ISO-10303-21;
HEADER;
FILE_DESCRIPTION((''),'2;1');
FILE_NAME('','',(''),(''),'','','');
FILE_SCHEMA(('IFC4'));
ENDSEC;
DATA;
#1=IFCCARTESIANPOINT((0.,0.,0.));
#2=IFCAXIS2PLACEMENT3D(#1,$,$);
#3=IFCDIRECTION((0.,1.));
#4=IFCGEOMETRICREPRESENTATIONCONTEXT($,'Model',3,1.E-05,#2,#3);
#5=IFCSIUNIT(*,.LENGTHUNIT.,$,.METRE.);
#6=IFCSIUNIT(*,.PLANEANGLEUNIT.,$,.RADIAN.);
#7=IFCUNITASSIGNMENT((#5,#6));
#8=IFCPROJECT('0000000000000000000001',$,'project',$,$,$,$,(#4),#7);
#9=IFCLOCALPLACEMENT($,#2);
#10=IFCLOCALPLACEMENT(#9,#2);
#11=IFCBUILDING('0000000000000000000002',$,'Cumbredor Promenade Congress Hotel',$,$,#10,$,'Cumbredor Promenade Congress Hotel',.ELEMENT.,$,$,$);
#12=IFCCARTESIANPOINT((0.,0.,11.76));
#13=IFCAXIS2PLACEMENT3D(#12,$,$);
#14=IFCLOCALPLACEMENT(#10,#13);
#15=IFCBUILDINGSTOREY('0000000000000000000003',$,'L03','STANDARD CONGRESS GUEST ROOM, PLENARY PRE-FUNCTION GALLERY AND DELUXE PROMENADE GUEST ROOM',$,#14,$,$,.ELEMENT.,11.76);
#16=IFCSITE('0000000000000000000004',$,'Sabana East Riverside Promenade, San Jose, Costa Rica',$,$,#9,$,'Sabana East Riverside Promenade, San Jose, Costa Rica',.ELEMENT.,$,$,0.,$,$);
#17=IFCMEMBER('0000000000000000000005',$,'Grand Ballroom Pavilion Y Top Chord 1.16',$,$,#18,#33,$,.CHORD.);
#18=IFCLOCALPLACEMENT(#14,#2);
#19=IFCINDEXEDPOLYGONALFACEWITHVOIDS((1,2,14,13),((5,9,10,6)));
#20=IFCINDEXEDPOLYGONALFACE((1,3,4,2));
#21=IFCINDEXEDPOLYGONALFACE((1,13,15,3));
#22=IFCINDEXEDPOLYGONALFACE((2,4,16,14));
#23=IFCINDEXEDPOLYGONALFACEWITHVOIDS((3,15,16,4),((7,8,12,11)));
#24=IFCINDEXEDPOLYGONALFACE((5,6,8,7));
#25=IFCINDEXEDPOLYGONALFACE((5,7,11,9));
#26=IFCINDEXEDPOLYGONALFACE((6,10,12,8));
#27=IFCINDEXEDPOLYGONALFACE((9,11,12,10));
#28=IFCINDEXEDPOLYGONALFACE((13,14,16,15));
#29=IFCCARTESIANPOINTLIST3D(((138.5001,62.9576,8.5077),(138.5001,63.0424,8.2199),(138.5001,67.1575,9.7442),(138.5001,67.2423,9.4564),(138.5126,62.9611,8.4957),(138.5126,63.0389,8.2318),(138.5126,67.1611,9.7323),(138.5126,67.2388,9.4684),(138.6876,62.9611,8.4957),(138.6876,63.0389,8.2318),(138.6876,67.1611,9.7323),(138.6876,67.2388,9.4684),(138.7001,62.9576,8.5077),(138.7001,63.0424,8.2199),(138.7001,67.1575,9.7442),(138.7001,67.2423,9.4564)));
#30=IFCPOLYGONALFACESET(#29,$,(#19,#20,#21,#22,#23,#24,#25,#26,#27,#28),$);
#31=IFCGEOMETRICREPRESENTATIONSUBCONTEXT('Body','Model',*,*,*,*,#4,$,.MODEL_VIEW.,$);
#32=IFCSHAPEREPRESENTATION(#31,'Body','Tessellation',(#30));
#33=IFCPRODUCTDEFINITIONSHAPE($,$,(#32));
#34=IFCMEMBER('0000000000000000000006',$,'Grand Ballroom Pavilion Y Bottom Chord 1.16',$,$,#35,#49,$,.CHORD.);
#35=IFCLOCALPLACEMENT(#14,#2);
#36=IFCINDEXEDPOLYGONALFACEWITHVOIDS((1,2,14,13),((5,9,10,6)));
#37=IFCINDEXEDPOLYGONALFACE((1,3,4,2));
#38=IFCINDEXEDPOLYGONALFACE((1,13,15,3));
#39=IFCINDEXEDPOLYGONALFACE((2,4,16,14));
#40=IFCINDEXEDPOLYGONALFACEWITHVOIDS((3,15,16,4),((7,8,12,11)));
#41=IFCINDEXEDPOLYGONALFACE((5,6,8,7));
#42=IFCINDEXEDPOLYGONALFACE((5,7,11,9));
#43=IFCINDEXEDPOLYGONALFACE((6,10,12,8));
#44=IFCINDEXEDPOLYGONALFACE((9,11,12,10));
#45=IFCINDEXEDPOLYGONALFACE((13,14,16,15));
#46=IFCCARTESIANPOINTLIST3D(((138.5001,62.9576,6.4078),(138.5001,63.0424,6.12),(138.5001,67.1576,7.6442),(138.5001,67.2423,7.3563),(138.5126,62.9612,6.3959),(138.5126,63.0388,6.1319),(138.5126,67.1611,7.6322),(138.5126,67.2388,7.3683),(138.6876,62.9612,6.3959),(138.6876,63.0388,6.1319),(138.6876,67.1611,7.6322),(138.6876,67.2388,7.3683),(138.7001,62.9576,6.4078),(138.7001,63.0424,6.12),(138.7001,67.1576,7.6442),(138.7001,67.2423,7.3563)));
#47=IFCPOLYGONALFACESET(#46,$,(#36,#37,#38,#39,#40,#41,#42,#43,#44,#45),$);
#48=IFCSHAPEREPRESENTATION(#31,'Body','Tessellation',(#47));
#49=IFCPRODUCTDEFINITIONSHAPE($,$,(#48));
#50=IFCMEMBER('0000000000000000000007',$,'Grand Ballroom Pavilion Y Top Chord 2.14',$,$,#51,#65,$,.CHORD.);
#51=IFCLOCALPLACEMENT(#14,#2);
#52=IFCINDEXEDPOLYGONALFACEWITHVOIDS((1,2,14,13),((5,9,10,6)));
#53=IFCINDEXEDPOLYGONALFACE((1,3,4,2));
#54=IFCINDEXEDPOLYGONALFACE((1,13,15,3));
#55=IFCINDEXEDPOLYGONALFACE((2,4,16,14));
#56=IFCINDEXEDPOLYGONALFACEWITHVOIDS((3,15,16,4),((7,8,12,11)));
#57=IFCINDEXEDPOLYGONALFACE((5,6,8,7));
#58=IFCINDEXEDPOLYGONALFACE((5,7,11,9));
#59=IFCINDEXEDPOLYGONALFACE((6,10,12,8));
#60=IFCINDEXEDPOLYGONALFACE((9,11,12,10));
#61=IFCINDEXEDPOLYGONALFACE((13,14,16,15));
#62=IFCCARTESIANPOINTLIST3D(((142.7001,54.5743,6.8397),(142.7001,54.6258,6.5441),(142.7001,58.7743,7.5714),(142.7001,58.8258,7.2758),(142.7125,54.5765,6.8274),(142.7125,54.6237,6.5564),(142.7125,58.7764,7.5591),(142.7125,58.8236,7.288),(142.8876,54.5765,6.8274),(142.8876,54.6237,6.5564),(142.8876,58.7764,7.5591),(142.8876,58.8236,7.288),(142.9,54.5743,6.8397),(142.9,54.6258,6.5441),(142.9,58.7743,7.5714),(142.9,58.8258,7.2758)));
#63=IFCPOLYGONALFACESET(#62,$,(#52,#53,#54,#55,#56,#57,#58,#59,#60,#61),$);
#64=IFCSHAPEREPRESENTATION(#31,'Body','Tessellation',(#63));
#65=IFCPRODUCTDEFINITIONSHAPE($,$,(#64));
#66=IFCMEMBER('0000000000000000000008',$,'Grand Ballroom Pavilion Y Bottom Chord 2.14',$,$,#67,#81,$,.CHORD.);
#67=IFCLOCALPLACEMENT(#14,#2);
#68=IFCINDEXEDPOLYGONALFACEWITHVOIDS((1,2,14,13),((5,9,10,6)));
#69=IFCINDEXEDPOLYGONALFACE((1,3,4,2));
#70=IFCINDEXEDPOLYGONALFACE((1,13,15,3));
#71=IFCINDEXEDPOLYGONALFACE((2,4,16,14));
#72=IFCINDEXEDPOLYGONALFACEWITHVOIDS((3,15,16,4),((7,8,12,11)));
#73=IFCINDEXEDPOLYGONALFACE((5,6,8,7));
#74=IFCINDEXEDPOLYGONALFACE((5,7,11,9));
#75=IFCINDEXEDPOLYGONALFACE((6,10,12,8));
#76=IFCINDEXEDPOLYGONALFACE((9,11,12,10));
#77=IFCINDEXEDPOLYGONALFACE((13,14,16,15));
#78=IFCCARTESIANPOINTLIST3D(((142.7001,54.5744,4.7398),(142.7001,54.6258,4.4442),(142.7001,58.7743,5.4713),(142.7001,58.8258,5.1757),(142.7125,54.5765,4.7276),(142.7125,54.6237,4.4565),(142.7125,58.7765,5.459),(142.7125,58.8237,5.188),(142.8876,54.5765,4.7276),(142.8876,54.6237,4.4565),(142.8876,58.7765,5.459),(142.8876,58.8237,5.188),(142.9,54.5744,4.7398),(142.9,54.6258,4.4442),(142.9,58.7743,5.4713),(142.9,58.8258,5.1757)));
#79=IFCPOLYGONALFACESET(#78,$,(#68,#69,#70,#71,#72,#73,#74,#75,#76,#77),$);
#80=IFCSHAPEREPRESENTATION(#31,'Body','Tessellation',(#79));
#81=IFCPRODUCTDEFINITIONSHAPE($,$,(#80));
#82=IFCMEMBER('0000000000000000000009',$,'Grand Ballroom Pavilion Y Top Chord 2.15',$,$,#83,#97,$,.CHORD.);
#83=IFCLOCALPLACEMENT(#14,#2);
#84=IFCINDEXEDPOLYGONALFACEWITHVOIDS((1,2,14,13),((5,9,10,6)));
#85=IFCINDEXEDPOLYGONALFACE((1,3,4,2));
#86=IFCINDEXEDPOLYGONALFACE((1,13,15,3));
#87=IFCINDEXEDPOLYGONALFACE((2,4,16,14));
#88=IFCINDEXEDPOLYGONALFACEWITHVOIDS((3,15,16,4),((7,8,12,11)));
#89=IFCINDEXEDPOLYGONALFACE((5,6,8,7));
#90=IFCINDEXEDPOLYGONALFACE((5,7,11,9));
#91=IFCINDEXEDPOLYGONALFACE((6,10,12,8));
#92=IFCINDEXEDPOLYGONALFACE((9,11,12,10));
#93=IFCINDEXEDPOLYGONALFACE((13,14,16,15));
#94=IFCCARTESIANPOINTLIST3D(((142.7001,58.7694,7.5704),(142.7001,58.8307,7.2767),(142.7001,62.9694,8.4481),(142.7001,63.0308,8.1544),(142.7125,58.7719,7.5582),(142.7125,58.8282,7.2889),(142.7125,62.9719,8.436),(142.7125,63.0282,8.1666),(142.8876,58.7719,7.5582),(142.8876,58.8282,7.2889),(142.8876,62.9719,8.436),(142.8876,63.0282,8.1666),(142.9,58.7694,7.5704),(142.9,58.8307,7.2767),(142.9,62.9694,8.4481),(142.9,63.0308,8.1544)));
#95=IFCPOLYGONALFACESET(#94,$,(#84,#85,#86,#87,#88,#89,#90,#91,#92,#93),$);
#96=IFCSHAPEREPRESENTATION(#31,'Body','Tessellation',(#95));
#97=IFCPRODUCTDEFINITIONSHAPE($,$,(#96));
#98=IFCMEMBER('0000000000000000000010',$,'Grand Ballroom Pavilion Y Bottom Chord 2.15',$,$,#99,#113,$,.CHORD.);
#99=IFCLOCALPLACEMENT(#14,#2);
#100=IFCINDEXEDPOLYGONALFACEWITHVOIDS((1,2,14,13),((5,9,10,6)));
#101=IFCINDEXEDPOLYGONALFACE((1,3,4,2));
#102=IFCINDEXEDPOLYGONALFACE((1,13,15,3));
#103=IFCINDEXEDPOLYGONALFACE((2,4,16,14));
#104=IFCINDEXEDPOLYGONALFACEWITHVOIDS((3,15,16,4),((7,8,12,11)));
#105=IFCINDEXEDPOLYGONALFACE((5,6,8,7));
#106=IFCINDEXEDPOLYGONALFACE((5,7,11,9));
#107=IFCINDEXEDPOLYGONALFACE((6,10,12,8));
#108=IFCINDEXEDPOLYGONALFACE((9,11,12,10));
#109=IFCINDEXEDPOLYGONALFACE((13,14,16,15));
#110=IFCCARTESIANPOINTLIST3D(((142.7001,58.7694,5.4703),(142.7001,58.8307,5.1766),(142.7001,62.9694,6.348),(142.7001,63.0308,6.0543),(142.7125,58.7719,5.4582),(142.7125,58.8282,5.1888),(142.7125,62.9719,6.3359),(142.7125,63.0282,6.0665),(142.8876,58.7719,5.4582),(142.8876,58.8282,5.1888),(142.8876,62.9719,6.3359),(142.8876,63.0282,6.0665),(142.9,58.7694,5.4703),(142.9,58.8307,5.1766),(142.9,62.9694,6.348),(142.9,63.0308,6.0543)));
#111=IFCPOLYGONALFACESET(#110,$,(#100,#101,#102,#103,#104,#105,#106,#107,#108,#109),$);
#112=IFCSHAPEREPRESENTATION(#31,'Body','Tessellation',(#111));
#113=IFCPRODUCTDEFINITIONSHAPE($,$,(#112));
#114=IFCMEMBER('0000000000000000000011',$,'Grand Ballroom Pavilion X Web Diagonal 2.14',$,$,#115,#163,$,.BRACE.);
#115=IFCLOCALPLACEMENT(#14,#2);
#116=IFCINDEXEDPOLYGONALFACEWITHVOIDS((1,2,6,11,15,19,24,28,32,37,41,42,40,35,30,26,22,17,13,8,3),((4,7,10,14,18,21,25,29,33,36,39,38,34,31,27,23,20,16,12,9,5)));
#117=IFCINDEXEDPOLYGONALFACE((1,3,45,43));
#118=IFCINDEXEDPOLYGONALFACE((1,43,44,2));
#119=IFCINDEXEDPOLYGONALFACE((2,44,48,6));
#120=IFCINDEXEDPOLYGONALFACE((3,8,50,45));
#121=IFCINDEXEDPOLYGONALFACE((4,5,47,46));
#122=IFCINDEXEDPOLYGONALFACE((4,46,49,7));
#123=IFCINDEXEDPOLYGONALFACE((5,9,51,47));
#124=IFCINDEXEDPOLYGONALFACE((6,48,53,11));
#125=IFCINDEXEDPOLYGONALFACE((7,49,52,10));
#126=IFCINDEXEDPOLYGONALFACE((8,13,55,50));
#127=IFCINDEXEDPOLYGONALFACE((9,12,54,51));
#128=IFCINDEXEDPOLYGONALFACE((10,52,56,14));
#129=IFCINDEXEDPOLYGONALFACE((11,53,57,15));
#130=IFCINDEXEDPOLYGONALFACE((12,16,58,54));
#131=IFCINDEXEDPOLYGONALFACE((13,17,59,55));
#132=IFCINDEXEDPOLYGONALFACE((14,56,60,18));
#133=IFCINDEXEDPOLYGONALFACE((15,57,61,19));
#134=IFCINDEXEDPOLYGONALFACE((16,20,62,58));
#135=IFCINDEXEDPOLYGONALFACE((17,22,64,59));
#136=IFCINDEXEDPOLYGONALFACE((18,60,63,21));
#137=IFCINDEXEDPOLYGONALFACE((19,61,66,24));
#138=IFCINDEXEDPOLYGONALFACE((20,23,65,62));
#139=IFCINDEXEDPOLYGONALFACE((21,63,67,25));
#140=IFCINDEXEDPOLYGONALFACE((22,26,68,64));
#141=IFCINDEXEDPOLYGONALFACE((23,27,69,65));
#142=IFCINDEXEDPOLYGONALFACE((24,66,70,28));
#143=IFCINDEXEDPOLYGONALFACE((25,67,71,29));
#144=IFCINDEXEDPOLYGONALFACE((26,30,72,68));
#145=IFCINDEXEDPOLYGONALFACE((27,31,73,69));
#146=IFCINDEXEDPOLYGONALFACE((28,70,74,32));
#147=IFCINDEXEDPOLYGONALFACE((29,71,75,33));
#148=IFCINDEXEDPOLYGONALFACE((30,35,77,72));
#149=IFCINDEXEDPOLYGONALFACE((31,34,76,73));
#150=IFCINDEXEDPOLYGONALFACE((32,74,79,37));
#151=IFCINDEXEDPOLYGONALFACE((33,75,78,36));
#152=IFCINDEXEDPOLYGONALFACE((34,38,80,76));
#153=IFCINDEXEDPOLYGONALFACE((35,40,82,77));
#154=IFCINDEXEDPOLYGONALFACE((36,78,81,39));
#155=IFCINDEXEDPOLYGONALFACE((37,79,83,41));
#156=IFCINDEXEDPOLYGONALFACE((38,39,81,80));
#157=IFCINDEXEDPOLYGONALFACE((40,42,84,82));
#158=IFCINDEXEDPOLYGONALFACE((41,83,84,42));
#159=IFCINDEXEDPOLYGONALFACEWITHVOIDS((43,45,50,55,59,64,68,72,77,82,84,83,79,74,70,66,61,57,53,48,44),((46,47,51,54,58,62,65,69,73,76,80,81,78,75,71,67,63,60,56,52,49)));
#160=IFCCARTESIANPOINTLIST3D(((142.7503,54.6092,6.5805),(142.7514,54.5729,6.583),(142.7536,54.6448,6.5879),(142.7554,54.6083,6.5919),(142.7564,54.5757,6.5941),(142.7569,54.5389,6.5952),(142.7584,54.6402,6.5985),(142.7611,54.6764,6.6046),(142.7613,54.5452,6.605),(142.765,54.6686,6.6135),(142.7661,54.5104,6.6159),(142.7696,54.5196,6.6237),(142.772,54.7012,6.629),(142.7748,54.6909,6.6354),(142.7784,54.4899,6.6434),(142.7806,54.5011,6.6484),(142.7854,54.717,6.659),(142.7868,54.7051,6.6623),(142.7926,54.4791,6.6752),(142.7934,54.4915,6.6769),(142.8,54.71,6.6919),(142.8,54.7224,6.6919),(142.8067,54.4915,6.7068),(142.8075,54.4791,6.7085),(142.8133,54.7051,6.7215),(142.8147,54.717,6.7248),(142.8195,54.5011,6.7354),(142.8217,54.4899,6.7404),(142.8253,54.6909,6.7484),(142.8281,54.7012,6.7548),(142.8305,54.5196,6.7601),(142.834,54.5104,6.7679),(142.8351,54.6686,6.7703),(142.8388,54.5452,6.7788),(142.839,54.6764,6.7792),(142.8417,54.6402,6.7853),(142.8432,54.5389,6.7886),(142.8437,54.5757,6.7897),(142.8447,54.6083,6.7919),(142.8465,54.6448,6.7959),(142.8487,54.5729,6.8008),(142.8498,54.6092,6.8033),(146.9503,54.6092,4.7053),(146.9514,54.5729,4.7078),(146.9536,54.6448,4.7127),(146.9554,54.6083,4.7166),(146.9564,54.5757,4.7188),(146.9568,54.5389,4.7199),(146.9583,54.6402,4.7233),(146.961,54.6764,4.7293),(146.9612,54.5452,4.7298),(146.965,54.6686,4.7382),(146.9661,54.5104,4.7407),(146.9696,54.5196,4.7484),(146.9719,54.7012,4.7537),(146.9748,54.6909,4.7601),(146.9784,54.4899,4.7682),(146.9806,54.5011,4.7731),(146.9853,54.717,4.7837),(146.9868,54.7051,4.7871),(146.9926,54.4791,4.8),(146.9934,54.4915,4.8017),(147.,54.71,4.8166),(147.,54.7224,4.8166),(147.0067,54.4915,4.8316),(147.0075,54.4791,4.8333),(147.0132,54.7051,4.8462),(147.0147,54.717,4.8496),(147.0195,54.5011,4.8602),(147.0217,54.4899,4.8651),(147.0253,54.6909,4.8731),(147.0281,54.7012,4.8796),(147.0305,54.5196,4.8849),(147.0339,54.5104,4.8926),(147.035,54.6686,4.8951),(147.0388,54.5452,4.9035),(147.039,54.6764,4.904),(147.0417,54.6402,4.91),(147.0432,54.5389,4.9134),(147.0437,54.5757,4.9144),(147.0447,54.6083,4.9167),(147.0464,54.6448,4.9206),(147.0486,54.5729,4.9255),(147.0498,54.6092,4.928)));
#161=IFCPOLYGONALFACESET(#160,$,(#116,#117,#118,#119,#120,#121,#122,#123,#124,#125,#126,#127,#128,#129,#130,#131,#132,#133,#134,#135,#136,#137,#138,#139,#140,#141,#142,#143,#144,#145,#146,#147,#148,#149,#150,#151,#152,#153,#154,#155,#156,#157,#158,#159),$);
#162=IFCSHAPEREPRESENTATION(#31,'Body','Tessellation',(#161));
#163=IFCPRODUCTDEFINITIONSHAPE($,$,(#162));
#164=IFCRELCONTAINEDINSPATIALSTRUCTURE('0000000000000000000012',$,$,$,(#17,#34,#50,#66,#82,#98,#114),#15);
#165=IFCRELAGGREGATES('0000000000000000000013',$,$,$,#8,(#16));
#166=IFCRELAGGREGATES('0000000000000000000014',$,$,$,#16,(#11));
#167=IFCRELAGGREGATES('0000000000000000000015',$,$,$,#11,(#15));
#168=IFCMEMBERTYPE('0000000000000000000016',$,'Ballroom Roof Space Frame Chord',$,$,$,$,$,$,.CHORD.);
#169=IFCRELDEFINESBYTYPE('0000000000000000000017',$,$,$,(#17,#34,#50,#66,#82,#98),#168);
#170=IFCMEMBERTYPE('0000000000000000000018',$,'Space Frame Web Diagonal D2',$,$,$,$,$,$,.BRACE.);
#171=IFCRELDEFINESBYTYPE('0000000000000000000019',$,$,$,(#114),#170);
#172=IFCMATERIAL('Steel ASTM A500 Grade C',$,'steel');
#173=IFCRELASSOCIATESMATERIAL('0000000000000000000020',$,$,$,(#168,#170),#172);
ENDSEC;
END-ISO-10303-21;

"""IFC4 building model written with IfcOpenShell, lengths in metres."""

from ifc_helpers import new_model, si_unit, direction, frame, origin, origin_2d, place, context, subcontext, project, spatial, hollow_rectangle, hollow_circle, extrude, material, material_profile, profile_set, type_object, element, save


model = new_model("IFC4")

# Units and contexts
model_context = context("Model", 3, precision=1e-05, world=origin(), true_north=direction((0.0, 1.0)))
body_context = subcontext(model_context, "Body", "Model", "MODEL_VIEW")
ifc_project = project(units=[si_unit("LENGTHUNIT", "METRE"), si_unit("PLANEANGLEUNIT", "RADIAN")], contexts=[model_context])

# Site, building, storey
site_placement = place(None, origin())
site = spatial("IfcSite", under=ifc_project, at=site_placement, Name="Sabana East Riverside Promenade, San Jose, Costa Rica", LongName="Sabana East Riverside Promenade, San Jose, Costa Rica", CompositionType="ELEMENT", RefElevation=0.0)
building_placement = place(site_placement, origin())
building = spatial("IfcBuilding", under=site, at=building_placement, Name="Cumbredor Promenade Congress Hotel", LongName="Cumbredor Promenade Congress Hotel", CompositionType="ELEMENT")
storey_placement = place(building_placement, frame((0.0, 0.0, 11.76)))
storey = spatial("IfcBuildingStorey", under=building, at=storey_placement, Name="L03", Description="STANDARD CONGRESS GUEST ROOM, PLENARY PRE-FUNCTION GALLERY AND DELUXE PROMENADE GUEST ROOM", CompositionType="ELEMENT", Elevation=11.76)

# Members
ifc_material_1 = material(Name="Steel ASTM A500 Grade C", Category="steel")
ifc_material_profile_1 = material_profile(ifc_material_1, hollow_rectangle(XDim=0.2, YDim=0.3, WallThickness=0.0125, at=origin_2d()), Name="HSS 300x200x12.5")
ifc_profile_set_1 = profile_set([ifc_material_profile_1], Name="Steel ASTM A500 Grade C")
member_type_1 = type_object("IfcMemberType", Name="Ballroom Roof Space Frame Chord", PredefinedType="CHORD", material=ifc_profile_set_1)
for number, where, z_axis, x_axis, name in (
    (1, (138.6001, 63.0, 8.3638), (0.0, 0.959286, 0.282438), (-1.0, 0.0, 0.0), "Grand Ballroom Pavilion Y Top Chord 1.16"),
    (2, (138.6001, 63.0, 6.2639), (0.0, 0.959301, 0.282387), (-1.0, 0.0, 0.0), "Grand Ballroom Pavilion Y Bottom Chord 1.16"),
):
    element("IfcMember", number, at=place(storey_placement, frame(where, z_axis=z_axis, x_axis=x_axis)), inside=storey, type_object=member_type_1, Name=name, PredefinedType="CHORD", context=body_context, shape_type="SweptSolid", body=[
        extrude(hollow_rectangle(XDim=0.2, YDim=0.3, WallThickness=0.0125, at=origin_2d()), origin(), (0.0, 0.0, 1.0), 4.3782),
    ])
for number, where, z_axis, x_axis, name in (
    (3, (142.8, 54.6001, 6.6919), (0.0, 0.985162, 0.171629), (-1.0, 0.0, 0.0), "Grand Ballroom Pavilion Y Top Chord 2.14"),
    (4, (142.8, 54.6001, 4.592), (0.0, 0.985171, 0.171573), (-1.0, 0.0, 0.0), "Grand Ballroom Pavilion Y Bottom Chord 2.14"),
):
    element("IfcMember", number, at=place(storey_placement, frame(where, z_axis=z_axis, x_axis=x_axis)), inside=storey, type_object=member_type_1, Name=name, PredefinedType="CHORD", context=body_context, shape_type="SweptSolid", body=[
        extrude(hollow_rectangle(XDim=0.2, YDim=0.3, WallThickness=0.0125, at=origin_2d()), origin(), (0.0, 0.0, 1.0), 4.2632),
    ])
for number, where, z_axis, x_axis, name in (
    (5, (142.8, 58.8, 7.4236), (0.0, 0.978855, 0.204556), (-1.0, 0.0, 0.0), "Grand Ballroom Pavilion Y Top Chord 2.15"),
    (6, (142.8, 58.8, 5.3235), (0.0, 0.978855, 0.204556), (-1.0, 0.0, 0.0), "Grand Ballroom Pavilion Y Bottom Chord 2.15"),
):
    element("IfcMember", number, at=place(storey_placement, frame(where, z_axis=z_axis, x_axis=x_axis)), inside=storey, type_object=member_type_1, Name=name, PredefinedType="CHORD", context=body_context, shape_type="SweptSolid", body=[
        extrude(hollow_rectangle(XDim=0.2, YDim=0.3, WallThickness=0.0125, at=origin_2d()), origin(), (0.0, 0.0, 1.0), 4.2908),
    ])
ifc_material_profile_2 = material_profile(ifc_material_1, hollow_circle(Radius=0.1223, WallThickness=0.0125, at=origin_2d()), Name="CHS 244.5x12.5")
ifc_profile_set_2 = profile_set([ifc_material_profile_2], Name="Steel ASTM A500 Grade C")
member_type_2 = type_object("IfcMemberType", Name="Space Frame Web Diagonal D2", PredefinedType="BRACE", material=ifc_profile_set_2)
member_1_placement = place(storey_placement, frame((142.8, 54.6001, 6.6919), z_axis=(0.913116, 0.0, -0.407699), x_axis=(0.0, 1.0, 0.0)))
element("IfcMember", 7, at=member_1_placement, inside=storey, type_object=member_type_2, Name="Grand Ballroom Pavilion X Web Diagonal 2.14", PredefinedType="BRACE", context=body_context, shape_type="SweptSolid", body=[
    extrude(hollow_circle(Radius=0.1223, WallThickness=0.0125, at=origin_2d()), origin(), (0.0, 0.0, 1.0), 4.5996),
])

save(model, "model.ifc")
